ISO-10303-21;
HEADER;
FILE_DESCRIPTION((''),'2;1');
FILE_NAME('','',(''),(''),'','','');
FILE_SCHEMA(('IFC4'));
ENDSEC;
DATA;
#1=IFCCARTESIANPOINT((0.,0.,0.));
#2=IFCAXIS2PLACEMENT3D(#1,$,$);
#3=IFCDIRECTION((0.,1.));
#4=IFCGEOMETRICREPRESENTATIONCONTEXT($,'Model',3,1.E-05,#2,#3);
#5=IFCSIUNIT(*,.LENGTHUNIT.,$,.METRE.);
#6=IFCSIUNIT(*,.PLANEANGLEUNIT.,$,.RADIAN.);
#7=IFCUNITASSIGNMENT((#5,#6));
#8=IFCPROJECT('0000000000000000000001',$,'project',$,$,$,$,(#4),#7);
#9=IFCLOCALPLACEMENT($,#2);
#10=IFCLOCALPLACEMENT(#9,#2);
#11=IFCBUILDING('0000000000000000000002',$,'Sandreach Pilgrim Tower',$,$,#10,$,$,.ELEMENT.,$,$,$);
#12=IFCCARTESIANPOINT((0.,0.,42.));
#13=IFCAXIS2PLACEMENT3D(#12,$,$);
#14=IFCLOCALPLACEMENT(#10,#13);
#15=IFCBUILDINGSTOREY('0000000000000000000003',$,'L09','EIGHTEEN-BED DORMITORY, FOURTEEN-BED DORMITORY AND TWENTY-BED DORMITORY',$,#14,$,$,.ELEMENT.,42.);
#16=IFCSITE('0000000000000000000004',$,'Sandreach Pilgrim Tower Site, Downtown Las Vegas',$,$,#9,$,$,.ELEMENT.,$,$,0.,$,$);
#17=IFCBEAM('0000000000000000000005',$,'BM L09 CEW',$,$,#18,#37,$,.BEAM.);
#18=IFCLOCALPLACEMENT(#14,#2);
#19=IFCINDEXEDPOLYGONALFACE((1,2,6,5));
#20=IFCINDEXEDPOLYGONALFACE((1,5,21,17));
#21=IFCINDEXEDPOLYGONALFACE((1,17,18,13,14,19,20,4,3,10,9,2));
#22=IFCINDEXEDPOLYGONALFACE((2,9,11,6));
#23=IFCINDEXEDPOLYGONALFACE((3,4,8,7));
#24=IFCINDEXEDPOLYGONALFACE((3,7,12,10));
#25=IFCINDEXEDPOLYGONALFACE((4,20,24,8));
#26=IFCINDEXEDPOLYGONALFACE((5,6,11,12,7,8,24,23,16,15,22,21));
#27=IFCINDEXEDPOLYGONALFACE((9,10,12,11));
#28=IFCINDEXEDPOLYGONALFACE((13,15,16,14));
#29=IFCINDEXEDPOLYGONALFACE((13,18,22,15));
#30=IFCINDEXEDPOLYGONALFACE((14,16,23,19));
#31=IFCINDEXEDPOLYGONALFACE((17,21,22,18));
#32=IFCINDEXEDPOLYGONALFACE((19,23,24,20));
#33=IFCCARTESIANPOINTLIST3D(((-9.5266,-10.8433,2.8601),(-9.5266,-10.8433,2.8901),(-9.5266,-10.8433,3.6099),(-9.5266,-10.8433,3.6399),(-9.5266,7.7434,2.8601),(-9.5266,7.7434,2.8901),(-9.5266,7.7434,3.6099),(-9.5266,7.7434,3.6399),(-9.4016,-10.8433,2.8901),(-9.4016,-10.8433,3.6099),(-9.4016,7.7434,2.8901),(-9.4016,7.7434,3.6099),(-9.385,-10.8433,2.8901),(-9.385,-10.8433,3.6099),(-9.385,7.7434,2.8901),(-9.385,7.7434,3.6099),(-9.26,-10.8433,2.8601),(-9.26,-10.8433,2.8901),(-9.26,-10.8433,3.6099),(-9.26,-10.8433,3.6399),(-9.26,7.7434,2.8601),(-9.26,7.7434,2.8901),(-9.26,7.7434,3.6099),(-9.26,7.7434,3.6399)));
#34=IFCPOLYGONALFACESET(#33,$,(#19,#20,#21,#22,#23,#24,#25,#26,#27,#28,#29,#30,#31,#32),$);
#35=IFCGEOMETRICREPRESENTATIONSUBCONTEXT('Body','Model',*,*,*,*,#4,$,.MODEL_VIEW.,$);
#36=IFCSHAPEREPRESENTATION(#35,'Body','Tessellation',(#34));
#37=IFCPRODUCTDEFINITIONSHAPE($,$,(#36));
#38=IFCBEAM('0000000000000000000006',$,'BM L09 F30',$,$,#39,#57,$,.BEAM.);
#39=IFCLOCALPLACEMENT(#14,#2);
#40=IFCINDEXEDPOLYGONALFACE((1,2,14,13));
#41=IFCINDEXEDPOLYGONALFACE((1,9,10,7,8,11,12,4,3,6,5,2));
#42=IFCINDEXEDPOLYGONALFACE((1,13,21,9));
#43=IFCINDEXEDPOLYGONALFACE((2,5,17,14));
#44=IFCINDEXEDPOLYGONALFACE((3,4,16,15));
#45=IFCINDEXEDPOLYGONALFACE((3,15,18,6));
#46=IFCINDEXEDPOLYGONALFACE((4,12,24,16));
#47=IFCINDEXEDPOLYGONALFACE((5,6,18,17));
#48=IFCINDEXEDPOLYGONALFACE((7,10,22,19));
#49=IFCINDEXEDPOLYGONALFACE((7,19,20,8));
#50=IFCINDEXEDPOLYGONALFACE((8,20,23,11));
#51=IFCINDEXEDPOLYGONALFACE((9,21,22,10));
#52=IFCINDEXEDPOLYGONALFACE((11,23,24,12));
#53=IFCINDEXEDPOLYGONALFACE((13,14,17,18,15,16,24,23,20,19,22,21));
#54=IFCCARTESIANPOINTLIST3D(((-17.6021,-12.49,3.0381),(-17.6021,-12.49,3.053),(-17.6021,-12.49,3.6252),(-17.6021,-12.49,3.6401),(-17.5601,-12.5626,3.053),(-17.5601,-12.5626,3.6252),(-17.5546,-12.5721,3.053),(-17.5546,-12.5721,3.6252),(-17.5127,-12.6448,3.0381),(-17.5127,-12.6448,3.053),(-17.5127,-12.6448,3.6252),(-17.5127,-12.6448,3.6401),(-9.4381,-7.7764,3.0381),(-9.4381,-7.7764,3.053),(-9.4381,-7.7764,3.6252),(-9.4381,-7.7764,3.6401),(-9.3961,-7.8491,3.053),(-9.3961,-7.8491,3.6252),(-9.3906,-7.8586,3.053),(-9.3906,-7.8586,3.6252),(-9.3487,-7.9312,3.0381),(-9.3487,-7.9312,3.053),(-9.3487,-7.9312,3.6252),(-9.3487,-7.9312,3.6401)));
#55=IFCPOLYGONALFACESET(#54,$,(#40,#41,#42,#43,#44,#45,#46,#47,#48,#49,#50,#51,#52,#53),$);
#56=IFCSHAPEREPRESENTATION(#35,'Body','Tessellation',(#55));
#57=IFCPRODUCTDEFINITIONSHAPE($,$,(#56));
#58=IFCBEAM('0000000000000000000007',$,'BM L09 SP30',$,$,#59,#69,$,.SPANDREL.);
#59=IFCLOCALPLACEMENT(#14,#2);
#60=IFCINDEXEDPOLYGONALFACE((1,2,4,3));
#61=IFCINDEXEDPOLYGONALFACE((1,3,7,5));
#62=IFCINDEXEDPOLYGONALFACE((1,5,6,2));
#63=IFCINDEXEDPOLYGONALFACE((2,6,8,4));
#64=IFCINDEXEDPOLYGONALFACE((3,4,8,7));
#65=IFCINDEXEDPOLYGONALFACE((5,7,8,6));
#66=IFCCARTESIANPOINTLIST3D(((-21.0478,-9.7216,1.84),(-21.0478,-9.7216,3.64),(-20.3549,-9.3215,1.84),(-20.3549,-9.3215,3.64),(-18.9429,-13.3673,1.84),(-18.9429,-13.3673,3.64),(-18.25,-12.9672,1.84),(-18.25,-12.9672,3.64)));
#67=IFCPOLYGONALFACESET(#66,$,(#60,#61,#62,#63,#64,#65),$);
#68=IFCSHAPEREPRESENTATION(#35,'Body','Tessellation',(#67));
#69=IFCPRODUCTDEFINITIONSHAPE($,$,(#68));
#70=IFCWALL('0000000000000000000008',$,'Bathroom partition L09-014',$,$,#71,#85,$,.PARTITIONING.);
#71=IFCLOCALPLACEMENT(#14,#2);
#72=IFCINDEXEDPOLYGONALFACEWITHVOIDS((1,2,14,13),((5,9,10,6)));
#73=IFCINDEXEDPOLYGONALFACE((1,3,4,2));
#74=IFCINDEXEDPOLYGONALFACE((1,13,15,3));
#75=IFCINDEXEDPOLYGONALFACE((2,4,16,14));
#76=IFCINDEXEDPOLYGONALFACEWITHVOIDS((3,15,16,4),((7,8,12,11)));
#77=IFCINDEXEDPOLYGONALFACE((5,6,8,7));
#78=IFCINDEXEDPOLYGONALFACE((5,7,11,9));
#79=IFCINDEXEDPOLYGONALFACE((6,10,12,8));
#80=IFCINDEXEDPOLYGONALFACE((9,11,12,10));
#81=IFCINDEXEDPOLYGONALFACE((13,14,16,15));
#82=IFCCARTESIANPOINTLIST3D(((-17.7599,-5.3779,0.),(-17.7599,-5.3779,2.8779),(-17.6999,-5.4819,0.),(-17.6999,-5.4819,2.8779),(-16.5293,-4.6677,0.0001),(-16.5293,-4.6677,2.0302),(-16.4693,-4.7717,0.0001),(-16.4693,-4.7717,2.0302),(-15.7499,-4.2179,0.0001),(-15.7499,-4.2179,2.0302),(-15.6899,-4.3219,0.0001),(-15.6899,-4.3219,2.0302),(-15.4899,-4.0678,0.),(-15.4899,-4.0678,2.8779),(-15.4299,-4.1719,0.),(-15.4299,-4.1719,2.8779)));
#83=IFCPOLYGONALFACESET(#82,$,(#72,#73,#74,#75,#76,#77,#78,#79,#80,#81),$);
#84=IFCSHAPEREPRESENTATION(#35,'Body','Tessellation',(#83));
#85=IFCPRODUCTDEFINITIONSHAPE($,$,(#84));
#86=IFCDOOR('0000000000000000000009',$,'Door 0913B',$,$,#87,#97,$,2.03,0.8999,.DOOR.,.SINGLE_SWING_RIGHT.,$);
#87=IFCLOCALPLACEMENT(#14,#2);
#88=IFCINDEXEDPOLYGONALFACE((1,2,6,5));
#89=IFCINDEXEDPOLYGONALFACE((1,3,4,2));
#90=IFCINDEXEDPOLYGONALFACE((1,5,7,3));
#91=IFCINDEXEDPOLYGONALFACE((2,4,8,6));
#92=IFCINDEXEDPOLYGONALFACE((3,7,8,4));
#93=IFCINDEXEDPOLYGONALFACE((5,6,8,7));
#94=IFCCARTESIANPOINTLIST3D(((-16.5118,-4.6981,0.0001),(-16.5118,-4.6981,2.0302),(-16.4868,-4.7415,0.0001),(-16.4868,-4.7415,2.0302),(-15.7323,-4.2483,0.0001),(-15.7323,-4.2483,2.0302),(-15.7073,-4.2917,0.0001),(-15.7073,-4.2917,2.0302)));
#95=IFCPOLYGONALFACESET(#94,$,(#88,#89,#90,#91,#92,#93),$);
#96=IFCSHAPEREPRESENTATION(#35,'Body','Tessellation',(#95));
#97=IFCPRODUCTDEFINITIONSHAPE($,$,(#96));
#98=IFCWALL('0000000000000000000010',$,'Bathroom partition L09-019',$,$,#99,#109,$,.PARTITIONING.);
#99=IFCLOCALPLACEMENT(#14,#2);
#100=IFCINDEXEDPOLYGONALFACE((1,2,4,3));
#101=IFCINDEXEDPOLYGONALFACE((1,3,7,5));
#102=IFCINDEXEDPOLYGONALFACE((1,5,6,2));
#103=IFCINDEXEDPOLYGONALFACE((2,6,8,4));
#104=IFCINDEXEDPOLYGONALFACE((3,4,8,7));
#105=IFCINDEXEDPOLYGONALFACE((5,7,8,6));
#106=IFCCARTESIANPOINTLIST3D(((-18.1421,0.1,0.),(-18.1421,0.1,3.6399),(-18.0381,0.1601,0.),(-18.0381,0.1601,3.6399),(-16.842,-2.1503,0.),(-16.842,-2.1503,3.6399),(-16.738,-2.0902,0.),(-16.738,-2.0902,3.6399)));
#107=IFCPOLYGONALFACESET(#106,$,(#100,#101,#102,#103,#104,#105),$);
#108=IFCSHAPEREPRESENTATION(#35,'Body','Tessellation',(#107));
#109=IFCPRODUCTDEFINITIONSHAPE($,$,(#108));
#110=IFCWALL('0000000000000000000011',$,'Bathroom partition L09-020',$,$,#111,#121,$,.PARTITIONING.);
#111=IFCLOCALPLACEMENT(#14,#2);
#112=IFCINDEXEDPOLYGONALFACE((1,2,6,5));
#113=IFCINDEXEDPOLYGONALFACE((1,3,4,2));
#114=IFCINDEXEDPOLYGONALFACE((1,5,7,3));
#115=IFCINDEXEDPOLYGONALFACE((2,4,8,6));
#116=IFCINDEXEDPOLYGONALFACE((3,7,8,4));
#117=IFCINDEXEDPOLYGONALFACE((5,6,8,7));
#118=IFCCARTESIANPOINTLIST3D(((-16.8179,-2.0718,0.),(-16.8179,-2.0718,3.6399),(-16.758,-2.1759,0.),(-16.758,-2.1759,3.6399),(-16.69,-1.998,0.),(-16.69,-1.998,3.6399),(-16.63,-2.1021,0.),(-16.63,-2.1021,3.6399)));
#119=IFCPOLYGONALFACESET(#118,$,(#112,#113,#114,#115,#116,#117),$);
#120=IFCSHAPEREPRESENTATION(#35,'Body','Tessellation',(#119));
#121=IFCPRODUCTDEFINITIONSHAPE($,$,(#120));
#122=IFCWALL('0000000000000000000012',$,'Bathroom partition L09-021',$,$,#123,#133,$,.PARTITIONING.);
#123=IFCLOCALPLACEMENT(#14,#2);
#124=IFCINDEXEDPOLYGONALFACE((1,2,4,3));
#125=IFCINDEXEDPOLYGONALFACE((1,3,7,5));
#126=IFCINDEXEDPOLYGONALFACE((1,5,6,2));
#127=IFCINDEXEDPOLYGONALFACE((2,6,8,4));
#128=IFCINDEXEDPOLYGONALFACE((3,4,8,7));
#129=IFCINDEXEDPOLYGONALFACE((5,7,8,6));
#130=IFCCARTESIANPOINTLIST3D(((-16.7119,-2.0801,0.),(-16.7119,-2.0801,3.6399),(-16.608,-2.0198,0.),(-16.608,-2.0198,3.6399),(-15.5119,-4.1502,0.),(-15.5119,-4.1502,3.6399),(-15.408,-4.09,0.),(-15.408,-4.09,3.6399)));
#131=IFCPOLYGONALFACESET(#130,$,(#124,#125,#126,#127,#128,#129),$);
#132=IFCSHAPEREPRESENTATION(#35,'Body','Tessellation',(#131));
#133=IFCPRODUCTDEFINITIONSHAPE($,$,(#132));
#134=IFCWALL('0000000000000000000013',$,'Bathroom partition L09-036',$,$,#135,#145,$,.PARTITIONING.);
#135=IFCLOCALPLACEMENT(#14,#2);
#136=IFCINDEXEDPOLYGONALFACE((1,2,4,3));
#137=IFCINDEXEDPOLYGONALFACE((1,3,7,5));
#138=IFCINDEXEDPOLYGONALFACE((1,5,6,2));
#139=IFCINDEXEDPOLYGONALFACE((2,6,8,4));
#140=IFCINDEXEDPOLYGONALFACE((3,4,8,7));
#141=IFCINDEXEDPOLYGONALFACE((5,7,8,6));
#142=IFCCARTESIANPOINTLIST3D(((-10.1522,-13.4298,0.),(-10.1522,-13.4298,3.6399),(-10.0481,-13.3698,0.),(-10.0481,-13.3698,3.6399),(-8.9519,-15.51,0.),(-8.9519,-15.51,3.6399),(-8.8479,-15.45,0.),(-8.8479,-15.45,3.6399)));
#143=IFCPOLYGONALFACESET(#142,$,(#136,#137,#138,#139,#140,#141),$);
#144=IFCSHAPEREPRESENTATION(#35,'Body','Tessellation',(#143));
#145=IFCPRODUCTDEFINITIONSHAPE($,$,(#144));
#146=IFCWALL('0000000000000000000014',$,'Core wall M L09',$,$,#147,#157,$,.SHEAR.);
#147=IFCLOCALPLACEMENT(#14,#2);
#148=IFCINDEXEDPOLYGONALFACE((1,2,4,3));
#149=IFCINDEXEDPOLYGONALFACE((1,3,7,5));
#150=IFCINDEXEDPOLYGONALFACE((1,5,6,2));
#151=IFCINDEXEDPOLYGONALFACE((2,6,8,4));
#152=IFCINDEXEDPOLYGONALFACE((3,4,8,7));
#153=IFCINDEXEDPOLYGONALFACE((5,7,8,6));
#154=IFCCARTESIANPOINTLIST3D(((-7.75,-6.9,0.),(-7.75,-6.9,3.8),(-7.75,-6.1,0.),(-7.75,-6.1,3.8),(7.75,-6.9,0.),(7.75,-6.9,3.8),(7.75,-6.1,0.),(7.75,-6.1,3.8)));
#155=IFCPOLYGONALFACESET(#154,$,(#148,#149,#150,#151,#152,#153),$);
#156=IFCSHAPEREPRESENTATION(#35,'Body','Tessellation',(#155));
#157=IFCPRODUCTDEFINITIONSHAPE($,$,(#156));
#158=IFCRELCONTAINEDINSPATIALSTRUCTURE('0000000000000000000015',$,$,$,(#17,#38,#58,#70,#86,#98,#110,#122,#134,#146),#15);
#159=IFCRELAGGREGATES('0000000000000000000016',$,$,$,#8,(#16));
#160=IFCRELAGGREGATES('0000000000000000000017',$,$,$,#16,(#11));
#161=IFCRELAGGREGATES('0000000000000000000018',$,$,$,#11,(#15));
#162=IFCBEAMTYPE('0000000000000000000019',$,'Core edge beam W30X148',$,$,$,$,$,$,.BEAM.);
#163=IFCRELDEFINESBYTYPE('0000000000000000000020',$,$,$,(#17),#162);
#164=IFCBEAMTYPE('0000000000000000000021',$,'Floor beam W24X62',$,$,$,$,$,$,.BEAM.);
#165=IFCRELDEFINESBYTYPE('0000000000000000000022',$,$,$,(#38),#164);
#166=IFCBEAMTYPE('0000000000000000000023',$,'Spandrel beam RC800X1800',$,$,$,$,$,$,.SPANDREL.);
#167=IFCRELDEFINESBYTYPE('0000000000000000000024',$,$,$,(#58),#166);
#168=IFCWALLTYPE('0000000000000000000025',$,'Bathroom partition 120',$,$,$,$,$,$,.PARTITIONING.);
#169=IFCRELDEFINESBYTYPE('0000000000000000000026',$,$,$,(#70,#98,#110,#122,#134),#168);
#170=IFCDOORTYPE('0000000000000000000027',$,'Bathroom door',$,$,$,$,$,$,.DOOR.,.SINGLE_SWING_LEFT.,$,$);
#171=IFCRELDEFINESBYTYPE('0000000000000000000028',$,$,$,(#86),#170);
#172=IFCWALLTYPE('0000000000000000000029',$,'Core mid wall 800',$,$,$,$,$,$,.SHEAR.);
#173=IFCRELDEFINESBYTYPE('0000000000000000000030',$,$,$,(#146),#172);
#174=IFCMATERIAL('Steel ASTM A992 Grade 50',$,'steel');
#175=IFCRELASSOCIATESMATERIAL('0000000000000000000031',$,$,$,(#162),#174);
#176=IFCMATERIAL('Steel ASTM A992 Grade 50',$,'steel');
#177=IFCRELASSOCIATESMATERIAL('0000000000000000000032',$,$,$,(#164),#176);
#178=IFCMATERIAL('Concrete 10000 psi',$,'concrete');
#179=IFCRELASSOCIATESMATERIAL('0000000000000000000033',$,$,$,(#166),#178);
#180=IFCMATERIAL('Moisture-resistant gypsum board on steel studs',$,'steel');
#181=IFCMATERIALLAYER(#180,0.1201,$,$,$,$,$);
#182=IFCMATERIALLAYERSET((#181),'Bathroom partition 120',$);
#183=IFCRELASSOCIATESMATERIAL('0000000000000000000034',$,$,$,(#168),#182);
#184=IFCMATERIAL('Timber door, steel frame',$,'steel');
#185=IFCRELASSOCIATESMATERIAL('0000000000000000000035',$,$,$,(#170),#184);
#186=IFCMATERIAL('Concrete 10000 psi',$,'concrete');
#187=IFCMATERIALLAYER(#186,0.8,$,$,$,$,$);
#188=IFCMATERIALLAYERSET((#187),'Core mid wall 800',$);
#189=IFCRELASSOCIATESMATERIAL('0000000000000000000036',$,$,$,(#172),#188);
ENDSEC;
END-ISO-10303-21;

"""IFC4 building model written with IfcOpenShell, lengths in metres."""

from ifc_helpers import new_model, si_unit, direction, frame, frame_2d, origin, origin_2d, place, context, subcontext, project, spatial, rectangle, i_section, extrude, material, layer, layer_set, material_profile, profile_set, type_object, element, fill, save


model = new_model("IFC4")

# Units and contexts
model_context = context("Model", 3, precision=1e-05, world=origin(), true_north=direction((0.0, 1.0)))
body_context = subcontext(model_context, "Body", "Model", "MODEL_VIEW")
ifc_project = project(units=[si_unit("LENGTHUNIT", "METRE"), si_unit("PLANEANGLEUNIT", "RADIAN")], contexts=[model_context])

# Site, building, storey
site_placement = place(None, origin())
site = spatial("IfcSite", under=ifc_project, at=site_placement, Name="Sandreach Pilgrim Tower Site, Downtown Las Vegas", CompositionType="ELEMENT", RefElevation=0.0)
building_placement = place(site_placement, origin())
building = spatial("IfcBuilding", under=site, at=building_placement, Name="Sandreach Pilgrim Tower", CompositionType="ELEMENT")
storey_placement = place(building_placement, frame((0.0, 0.0, 42.0)))
storey = spatial("IfcBuildingStorey", under=building, at=storey_placement, Name="L09", Description="EIGHTEEN-BED DORMITORY, FOURTEEN-BED DORMITORY AND TWENTY-BED DORMITORY", CompositionType="ELEMENT", Elevation=42.0)

# Beams
ifc_material_1 = material(Name="Steel ASTM A992 Grade 50", Category="steel")
ifc_material_profile_1 = material_profile(ifc_material_1, i_section(OverallWidth=0.2666, OverallDepth=0.7798, WebThickness=0.0166, FlangeThickness=0.03, at=origin_2d()), Name="W30X148")
ifc_profile_set_1 = profile_set([ifc_material_profile_1], Name="Steel ASTM A992 Grade 50")
beam_type_1 = type_object("IfcBeamType", Name="Core edge beam W30X148", PredefinedType="BEAM", material=ifc_profile_set_1)
beam_1_placement = place(storey_placement, frame((-9.3933, -10.8433, 3.25), z_axis=(0.0, 1.0, 0.0), x_axis=(-1.0, 0.0, 0.0)))
element("IfcBeam", 1, at=beam_1_placement, inside=storey, type_object=beam_type_1, Name="BM L09 CEW", PredefinedType="BEAM", context=body_context, shape_type="SweptSolid", body=[
    extrude(i_section(OverallWidth=0.2666, OverallDepth=0.7798, WebThickness=0.0166, FlangeThickness=0.03, at=origin_2d()), origin(), (0.0, 0.0, 1.0), 18.5867),
])
ifc_material_2 = material(Name="Steel ASTM A992 Grade 50", Category="steel")
ifc_material_profile_2 = material_profile(ifc_material_2, i_section(OverallWidth=0.1787, OverallDepth=0.6021, WebThickness=0.011, FlangeThickness=0.0149, at=origin_2d()), Name="W24X62")
ifc_profile_set_2 = profile_set([ifc_material_profile_2], Name="Steel ASTM A992 Grade 50")
beam_type_2 = type_object("IfcBeamType", Name="Floor beam W24X62", PredefinedType="BEAM", material=ifc_profile_set_2)
beam_2_placement = place(storey_placement, frame((-17.5574, -12.5674, 3.3391), z_axis=(0.866021, 0.500008, 0.0), x_axis=(-0.500008, 0.866021, 0.0)))
element("IfcBeam", 2, at=beam_2_placement, inside=storey, type_object=beam_type_2, Name="BM L09 F30", PredefinedType="BEAM", context=body_context, shape_type="SweptSolid", body=[
    extrude(i_section(OverallWidth=0.1787, OverallDepth=0.6021, WebThickness=0.011, FlangeThickness=0.0149, at=origin_2d()), origin(), (0.0, 0.0, 1.0), 9.427),
])
ifc_material_3 = material(Name="Concrete 10000 psi", Category="concrete")
ifc_material_profile_3 = material_profile(ifc_material_3, rectangle(XDim=0.8, YDim=1.8, at=origin_2d()), Name="RC800X1800")
ifc_profile_set_3 = profile_set([ifc_material_profile_3], Name="Concrete 10000 psi")
beam_type_3 = type_object("IfcBeamType", Name="Spandrel beam RC800X1800", PredefinedType="SPANDREL", material=ifc_profile_set_3)
beam_3_placement = place(storey_placement, frame((-18.5964, -13.1672, 2.74), z_axis=(-0.500019, 0.866015, 0.0), x_axis=(-0.866015, -0.500019, 0.0)))
element("IfcBeam", 3, at=beam_3_placement, inside=storey, type_object=beam_type_3, Name="BM L09 SP30", PredefinedType="SPANDREL", context=body_context, shape_type="SweptSolid", body=[
    extrude(rectangle(XDim=0.8, YDim=1.8, at=origin_2d()), origin(), (0.0, 0.0, 1.0), 4.2097),
])

# Wall, opening, door
ifc_material_4 = material(Name="Moisture-resistant gypsum board on steel studs", Category="steel")
ifc_layer_1 = layer(ifc_material_4, 0.1201)
ifc_layer_set_1 = layer_set([ifc_layer_1], Name="Bathroom partition 120")
wall_type_1 = type_object("IfcWallType", Name="Bathroom partition 120", PredefinedType="PARTITIONING", material=ifc_layer_set_1)
wall_1_placement = place(storey_placement, frame((-17.73, -5.4299, 0.0), z_axis=(0.0, 0.0, 1.0), x_axis=(0.866114, 0.499846, 0.0)))
wall_1 = element("IfcWall", 4, at=wall_1_placement, inside=storey, type_object=wall_type_1, Name="Bathroom partition L09-014", PredefinedType="PARTITIONING", context=body_context, shape_type="SweptSolid", body=[
    extrude(rectangle(XDim=2.6208, YDim=0.1201, at=frame_2d((1.3105, 0.0))), origin(), (0.0, 0.0, 1.0), 2.8779),
])
opening_1_placement = place(wall_1_placement, frame((1.4209, 0.0, 0.0)))
opening_1 = element("IfcOpeningElement", 5, at=opening_1_placement, cuts=wall_1, PredefinedType="OPENING", context=body_context, shape_type="SweptSolid", body=[
    extrude(rectangle(XDim=0.8999, YDim=2.03, at=frame_2d((0.45, 1.0151))), frame((0.0, 0.0601, 0.0), z_axis=(0.0, -1.0, 0.0), x_axis=(1.0, 0.0, 0.0)), (0.0, 0.0, 1.0), 0.1201),
])
ifc_material_5 = material(Name="Timber door, steel frame", Category="steel")
door_type_1 = type_object("IfcDoorType", Name="Bathroom door", OperationType="SINGLE_SWING_LEFT", PredefinedType="DOOR", material=ifc_material_5)
door_1_placement = place(opening_1_placement, origin())
door_1 = element("IfcDoor", 6, at=door_1_placement, inside=storey, type_object=door_type_1, Name="Door 0913B", OperationType="SINGLE_SWING_RIGHT", OverallHeight=2.03, OverallWidth=0.8999, PredefinedType="DOOR", context=body_context, shape_type="SweptSolid", body=[
    extrude(rectangle(XDim=0.8999, YDim=2.03, at=frame_2d((0.45, 1.0151))), frame((0.0, 0.0249, 0.0), z_axis=(0.0, -1.0, 0.0), x_axis=(1.0, 0.0, 0.0)), (0.0, 0.0, 1.0), 0.05),
])
fill(opening_1, door_1)

# Walls
wall_2_placement = place(storey_placement, frame((-16.79, -2.1201, 0.0), z_axis=(0.0, 0.0, 1.0), x_axis=(-0.500251, 0.86588, 0.0)))
element("IfcWall", 7, at=wall_2_placement, inside=storey, type_object=wall_type_1, Name="Bathroom partition L09-019", PredefinedType="PARTITIONING", context=body_context, shape_type="SweptSolid", body=[
    extrude(rectangle(XDim=2.5989, YDim=0.1201, at=frame_2d((1.2993, 0.0))), origin(), (0.0, 0.0, 1.0), 3.6399),
])
wall_3_placement = place(storey_placement, frame((-16.7878, -2.1238, 0.0), z_axis=(0.0, 0.0, 1.0), x_axis=(0.866406, 0.499341, 0.0)))
element("IfcWall", 8, at=wall_3_placement, inside=storey, type_object=wall_type_1, Name="Bathroom partition L09-020", PredefinedType="PARTITIONING", context=body_context, shape_type="SweptSolid", body=[
    extrude(rectangle(XDim=0.1477, YDim=0.1201, at=frame_2d((0.0737, 0.0))), origin(), (0.0, 0.0, 1.0), 3.6399),
])
wall_4_placement = place(storey_placement, frame((-16.6599, -2.05, 0.0), z_axis=(0.0, 0.0, 1.0), x_axis=(0.501503, -0.865156, 0.0)))
element("IfcWall", 9, at=wall_4_placement, inside=storey, type_object=wall_type_1, Name="Bathroom partition L09-021", PredefinedType="PARTITIONING", context=body_context, shape_type="SweptSolid", body=[
    extrude(rectangle(XDim=2.3928, YDim=0.1201, at=frame_2d((1.1963, 0.0))), origin(), (0.0, 0.0, 1.0), 3.6399),
])
wall_5_placement = place(storey_placement, frame((-10.1001, -13.3999, 0.0), z_axis=(0.0, 0.0, 1.0), x_axis=(0.499769, -0.866159, 0.0)))
element("IfcWall", 10, at=wall_5_placement, inside=storey, type_object=wall_type_1, Name="Bathroom partition L09-036", PredefinedType="PARTITIONING", context=body_context, shape_type="SweptSolid", body=[
    extrude(rectangle(XDim=2.4016, YDim=0.1201, at=frame_2d((1.2007, 0.0))), origin(), (0.0, 0.0, 1.0), 3.6399),
])
ifc_material_6 = material(Name="Concrete 10000 psi", Category="concrete")
ifc_layer_2 = layer(ifc_material_6, 0.8)
ifc_layer_set_2 = layer_set([ifc_layer_2], Name="Core mid wall 800")
wall_type_2 = type_object("IfcWallType", Name="Core mid wall 800", PredefinedType="SHEAR", material=ifc_layer_set_2)
wall_6_placement = place(storey_placement, frame((-7.75, -6.5, 0.0), z_axis=(0.0, 0.0, 1.0), x_axis=(1.0, 0.0, 0.0)))
element("IfcWall", 11, at=wall_6_placement, inside=storey, type_object=wall_type_2, Name="Core wall M L09", PredefinedType="SHEAR", context=body_context, shape_type="SweptSolid", body=[
    extrude(rectangle(XDim=15.5, YDim=0.8, at=frame_2d((7.75, 0.0))), origin(), (0.0, 0.0, 1.0), 3.8),
])

save(model, "model.ifc")
